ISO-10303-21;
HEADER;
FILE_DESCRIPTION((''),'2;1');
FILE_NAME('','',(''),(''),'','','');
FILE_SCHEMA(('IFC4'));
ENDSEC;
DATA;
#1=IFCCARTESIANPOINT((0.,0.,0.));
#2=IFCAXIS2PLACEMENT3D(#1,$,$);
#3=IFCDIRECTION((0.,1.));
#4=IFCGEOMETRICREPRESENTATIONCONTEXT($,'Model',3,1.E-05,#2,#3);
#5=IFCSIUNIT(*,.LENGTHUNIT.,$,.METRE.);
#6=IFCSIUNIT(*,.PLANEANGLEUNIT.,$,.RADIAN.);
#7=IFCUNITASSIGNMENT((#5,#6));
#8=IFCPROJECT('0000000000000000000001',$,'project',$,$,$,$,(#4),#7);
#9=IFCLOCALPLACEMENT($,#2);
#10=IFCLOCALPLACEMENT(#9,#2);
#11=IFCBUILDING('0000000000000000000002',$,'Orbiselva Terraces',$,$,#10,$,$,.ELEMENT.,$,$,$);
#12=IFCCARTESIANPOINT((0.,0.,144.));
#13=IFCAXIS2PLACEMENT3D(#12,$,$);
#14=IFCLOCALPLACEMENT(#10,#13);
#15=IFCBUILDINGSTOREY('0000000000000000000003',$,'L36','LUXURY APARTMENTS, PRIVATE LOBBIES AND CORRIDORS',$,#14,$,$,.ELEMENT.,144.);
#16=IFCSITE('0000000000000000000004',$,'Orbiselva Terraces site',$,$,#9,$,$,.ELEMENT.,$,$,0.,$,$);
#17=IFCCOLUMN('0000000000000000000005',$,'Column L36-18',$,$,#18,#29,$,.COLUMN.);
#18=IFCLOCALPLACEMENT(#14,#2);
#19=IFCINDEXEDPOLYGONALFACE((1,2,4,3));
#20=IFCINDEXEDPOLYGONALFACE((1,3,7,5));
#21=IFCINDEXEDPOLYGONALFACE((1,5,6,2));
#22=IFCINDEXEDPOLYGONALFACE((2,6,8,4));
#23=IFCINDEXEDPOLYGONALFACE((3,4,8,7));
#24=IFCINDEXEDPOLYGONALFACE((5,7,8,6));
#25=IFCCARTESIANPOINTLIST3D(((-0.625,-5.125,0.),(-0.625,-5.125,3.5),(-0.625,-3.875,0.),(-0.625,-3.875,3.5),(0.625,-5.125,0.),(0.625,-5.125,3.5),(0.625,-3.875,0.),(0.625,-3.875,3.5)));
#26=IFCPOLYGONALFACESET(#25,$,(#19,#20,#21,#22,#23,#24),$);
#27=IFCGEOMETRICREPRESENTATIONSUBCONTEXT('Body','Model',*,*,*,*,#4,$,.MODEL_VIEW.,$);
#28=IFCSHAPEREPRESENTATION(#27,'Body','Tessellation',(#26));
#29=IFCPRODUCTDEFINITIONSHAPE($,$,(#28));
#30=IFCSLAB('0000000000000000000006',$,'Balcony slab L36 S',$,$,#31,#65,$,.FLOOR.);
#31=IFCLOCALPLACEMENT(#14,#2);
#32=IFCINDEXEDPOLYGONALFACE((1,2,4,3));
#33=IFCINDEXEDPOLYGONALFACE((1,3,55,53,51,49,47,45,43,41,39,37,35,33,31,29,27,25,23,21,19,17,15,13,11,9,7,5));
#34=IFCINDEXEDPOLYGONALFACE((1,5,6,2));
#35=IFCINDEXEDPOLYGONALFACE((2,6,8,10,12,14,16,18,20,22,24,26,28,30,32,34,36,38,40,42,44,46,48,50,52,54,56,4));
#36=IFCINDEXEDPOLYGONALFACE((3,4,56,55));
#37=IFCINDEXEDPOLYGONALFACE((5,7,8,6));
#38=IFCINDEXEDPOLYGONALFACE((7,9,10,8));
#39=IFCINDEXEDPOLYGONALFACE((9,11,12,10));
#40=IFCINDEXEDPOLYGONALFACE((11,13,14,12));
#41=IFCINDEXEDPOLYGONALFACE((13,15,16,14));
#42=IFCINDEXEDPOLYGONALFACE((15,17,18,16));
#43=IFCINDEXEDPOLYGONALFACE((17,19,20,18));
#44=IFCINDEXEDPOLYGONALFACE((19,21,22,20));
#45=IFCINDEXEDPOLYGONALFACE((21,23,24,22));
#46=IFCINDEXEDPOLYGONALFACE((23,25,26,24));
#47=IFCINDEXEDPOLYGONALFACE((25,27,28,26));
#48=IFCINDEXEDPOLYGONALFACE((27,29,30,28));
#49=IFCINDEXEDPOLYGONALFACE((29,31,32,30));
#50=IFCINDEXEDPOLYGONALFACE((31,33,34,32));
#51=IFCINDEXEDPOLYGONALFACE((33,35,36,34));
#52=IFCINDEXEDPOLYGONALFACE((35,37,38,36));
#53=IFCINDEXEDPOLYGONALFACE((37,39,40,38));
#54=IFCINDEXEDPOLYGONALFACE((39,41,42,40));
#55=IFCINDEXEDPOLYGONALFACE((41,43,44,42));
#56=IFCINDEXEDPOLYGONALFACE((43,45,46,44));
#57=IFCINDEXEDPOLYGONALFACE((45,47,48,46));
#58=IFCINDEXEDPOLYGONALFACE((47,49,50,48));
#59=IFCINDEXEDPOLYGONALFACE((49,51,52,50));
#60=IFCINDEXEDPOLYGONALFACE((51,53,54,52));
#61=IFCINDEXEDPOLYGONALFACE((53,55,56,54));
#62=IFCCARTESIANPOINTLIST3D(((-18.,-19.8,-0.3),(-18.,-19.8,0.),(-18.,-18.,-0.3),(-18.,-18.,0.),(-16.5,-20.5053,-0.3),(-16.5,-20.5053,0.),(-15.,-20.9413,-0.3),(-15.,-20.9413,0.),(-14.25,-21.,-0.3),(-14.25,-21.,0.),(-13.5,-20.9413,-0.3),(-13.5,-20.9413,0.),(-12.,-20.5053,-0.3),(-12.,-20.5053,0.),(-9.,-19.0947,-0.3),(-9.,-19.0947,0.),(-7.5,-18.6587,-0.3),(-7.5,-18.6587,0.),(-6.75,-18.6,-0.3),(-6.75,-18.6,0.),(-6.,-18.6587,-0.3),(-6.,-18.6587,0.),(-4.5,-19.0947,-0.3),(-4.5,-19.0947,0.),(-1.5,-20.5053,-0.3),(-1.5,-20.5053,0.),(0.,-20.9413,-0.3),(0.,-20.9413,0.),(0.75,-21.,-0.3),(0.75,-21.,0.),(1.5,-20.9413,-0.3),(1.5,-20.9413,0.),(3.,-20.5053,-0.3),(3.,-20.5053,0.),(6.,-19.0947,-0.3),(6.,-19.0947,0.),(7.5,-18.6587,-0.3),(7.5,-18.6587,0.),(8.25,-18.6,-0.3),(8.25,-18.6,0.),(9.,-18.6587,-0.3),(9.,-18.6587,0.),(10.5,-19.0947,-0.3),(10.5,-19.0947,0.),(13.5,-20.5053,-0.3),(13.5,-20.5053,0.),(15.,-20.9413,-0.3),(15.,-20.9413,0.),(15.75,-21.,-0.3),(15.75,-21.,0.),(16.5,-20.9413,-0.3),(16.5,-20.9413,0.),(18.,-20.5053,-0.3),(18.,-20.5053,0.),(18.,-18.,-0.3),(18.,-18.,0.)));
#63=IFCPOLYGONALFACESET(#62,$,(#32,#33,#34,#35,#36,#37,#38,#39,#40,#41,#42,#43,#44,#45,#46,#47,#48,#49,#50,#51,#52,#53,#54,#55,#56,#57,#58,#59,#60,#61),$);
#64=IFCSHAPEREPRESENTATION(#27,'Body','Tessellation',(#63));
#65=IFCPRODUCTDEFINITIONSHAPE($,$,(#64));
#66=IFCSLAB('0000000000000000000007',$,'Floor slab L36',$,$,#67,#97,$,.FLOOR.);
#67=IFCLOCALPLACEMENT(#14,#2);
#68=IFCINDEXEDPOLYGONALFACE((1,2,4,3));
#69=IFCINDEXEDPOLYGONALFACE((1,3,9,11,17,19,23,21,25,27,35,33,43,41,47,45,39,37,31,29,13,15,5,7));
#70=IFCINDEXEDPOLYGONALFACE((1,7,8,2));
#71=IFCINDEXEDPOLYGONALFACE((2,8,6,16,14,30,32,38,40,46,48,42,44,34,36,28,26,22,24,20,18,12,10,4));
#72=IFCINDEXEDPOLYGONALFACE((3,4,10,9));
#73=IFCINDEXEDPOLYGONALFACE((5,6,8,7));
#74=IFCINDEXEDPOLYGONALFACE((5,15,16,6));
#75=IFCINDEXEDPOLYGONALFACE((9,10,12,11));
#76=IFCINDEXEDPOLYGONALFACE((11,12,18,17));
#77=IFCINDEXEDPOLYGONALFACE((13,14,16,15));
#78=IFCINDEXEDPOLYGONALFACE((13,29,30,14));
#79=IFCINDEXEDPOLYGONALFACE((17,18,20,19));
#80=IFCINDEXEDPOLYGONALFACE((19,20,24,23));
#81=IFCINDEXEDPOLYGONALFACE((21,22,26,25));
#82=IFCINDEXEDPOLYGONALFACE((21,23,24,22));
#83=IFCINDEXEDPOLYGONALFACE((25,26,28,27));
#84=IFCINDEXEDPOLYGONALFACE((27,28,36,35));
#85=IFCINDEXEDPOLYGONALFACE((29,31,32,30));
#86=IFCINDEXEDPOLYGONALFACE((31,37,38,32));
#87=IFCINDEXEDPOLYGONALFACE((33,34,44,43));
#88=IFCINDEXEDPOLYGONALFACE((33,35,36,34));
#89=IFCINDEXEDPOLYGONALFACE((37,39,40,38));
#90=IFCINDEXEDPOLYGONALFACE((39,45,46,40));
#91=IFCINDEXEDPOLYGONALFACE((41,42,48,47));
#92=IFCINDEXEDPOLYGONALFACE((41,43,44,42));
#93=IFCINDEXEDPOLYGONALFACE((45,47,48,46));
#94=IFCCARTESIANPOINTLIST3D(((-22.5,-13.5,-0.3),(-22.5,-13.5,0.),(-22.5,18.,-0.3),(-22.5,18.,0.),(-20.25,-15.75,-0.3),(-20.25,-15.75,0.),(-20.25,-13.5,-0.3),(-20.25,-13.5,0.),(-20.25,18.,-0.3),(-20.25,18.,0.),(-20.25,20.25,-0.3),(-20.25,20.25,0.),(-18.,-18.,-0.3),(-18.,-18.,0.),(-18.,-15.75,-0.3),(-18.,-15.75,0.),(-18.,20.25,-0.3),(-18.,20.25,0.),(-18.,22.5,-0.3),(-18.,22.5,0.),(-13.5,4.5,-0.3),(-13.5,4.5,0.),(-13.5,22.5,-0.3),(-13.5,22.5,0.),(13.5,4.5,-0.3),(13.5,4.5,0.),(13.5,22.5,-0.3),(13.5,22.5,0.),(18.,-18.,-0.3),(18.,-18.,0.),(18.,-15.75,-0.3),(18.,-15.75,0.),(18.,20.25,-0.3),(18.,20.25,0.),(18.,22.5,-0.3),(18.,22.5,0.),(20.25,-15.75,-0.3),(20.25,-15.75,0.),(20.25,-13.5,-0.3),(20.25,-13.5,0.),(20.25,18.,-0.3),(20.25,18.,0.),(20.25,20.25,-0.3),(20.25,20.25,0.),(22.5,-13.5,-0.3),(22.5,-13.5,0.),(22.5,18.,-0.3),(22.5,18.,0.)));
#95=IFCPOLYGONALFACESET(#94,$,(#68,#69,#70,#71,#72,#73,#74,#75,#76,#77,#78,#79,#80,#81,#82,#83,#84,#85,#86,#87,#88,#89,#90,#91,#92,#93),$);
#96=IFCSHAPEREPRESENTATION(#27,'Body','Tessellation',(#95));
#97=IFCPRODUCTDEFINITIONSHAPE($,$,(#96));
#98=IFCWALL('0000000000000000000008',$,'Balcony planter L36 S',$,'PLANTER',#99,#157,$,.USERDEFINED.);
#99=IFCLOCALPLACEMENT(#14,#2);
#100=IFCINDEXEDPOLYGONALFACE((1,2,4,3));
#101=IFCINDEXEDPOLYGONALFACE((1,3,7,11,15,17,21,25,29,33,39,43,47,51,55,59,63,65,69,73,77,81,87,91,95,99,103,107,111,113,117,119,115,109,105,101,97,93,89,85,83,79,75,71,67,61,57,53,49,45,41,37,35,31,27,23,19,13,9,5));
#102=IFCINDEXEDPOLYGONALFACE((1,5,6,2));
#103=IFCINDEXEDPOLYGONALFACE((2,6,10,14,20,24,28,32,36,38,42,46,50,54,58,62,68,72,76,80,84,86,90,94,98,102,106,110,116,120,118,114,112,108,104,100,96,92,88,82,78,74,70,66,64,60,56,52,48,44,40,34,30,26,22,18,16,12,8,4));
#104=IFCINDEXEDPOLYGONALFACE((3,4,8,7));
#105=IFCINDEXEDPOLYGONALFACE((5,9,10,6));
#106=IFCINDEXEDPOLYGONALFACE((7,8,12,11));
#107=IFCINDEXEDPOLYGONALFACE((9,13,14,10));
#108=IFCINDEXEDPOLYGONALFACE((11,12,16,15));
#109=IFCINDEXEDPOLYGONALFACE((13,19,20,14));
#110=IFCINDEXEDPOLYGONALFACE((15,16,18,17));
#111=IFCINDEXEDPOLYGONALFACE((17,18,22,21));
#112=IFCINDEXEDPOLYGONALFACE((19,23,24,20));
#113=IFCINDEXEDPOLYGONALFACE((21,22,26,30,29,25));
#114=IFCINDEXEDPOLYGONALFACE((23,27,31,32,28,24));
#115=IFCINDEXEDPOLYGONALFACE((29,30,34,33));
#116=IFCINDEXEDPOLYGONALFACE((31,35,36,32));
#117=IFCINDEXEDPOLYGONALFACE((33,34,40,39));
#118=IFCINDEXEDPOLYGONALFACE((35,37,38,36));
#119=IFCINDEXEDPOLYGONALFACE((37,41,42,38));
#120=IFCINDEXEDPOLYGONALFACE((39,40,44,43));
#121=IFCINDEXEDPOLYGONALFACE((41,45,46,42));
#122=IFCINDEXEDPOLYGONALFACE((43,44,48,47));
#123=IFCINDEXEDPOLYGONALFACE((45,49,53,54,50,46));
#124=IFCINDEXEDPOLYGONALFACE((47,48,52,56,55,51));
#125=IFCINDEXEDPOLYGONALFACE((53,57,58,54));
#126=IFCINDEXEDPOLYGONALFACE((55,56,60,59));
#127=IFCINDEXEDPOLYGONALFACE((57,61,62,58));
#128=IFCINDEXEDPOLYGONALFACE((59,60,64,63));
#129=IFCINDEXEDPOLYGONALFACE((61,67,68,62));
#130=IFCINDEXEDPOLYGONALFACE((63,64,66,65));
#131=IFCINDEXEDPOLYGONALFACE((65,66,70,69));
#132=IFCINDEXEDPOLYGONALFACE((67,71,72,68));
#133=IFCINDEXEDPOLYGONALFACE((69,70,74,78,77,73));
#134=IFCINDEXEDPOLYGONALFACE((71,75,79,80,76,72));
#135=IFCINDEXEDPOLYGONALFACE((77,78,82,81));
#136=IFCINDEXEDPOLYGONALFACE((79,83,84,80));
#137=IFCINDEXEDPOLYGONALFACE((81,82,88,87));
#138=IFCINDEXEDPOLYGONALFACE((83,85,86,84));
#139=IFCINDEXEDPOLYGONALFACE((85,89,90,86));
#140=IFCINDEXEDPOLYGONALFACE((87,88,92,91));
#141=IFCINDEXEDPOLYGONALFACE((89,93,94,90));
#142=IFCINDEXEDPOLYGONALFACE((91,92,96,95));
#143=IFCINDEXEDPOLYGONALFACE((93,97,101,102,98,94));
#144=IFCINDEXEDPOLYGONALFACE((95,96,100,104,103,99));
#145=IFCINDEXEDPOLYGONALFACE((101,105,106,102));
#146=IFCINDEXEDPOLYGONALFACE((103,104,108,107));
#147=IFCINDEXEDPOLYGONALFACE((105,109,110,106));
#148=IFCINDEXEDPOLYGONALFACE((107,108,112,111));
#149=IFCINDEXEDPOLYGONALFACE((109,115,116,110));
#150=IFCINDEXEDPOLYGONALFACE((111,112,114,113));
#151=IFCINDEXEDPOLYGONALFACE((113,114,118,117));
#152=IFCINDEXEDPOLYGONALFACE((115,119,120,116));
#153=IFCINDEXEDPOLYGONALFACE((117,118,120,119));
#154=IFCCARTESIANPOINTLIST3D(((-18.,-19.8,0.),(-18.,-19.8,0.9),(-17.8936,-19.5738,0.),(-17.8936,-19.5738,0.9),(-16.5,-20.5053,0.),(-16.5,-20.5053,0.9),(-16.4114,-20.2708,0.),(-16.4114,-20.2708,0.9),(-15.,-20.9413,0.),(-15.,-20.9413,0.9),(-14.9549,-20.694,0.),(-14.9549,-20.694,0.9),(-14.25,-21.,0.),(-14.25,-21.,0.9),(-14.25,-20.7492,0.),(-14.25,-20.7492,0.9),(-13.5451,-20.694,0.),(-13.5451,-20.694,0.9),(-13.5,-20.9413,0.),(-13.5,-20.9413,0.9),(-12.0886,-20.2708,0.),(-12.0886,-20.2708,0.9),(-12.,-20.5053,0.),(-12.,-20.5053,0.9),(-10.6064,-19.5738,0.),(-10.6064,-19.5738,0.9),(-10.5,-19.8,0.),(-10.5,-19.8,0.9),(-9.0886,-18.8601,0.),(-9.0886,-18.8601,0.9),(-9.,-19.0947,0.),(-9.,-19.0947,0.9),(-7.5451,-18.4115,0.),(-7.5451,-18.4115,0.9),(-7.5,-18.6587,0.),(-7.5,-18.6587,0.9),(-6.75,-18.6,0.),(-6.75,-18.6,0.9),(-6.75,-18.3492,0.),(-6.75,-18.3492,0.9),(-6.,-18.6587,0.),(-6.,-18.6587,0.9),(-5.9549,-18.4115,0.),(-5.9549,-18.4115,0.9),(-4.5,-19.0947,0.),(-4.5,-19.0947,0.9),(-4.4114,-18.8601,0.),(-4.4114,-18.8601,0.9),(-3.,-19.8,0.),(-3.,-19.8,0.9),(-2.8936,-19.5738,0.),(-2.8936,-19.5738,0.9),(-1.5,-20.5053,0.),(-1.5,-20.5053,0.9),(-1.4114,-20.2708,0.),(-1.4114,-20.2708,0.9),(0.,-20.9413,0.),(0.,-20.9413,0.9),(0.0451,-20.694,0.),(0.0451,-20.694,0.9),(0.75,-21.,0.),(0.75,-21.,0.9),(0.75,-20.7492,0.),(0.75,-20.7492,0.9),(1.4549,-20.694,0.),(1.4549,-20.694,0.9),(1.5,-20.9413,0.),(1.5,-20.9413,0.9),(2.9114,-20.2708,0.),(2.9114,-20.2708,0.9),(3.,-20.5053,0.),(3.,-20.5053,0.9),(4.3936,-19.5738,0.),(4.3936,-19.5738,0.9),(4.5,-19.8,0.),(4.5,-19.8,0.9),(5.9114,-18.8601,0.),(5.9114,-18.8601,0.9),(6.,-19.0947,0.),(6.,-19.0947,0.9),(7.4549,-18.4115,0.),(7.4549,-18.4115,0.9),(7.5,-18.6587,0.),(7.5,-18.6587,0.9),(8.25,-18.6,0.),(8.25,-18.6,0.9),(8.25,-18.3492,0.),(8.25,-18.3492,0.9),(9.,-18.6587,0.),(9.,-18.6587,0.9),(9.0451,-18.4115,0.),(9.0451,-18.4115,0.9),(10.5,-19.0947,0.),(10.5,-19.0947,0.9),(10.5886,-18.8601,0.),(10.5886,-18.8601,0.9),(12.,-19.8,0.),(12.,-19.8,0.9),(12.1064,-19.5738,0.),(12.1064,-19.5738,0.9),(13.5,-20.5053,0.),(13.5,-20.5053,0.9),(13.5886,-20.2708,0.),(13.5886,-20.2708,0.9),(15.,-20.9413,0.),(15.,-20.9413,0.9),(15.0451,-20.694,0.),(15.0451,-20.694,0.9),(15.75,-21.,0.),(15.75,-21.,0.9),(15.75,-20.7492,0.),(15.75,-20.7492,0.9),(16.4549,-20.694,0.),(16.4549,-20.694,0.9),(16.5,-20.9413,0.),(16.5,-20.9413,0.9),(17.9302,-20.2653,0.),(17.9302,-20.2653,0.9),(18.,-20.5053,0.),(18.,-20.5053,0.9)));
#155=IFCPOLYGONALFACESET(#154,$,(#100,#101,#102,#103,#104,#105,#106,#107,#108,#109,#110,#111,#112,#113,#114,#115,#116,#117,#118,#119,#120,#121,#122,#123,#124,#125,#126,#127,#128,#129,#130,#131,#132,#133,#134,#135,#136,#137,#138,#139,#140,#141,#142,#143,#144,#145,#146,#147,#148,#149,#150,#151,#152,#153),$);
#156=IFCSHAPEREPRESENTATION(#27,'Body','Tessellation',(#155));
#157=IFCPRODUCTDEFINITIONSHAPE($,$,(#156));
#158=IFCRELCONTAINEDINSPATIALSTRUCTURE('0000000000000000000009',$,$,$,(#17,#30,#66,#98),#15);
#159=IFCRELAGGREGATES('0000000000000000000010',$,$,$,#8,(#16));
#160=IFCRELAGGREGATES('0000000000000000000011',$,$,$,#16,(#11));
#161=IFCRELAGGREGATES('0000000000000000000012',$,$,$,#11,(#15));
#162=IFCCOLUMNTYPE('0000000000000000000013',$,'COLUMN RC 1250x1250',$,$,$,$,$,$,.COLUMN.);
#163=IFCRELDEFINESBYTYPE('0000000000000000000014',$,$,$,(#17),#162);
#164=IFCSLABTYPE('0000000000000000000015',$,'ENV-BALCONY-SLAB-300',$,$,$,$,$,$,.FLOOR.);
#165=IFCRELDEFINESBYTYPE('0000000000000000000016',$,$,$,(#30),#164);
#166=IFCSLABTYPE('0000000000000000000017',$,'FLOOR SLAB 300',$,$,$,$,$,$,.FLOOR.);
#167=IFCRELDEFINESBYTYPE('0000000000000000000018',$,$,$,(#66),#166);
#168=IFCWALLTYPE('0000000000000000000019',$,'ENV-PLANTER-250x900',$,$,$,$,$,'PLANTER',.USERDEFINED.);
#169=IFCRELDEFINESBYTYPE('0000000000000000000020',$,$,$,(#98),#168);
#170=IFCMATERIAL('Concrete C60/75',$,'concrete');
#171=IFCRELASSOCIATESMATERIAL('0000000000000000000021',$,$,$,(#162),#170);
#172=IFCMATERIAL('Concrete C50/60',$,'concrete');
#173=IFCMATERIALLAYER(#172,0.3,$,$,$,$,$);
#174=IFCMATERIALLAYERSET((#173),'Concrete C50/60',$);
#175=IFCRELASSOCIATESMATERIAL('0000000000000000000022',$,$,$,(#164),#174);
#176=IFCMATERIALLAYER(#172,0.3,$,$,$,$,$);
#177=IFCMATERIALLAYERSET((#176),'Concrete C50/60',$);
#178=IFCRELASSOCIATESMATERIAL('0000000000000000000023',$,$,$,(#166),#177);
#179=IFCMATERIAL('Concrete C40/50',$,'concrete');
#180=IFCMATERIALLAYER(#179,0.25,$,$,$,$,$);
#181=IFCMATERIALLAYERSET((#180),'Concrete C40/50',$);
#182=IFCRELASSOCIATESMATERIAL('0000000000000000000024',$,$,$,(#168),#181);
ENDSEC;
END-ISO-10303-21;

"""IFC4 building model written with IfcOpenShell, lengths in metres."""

from ifc_helpers import new_model, si_unit, direction, frame, origin, origin_2d, place, context, subcontext, project, spatial, polyline, rectangle, outline, extrude, material, layer, layer_set, material_profile, profile_set, type_object, element, save


model = new_model("IFC4")

# Units and contexts
model_context = context("Model", 3, precision=1e-05, world=origin(), true_north=direction((0.0, 1.0)))
body_context = subcontext(model_context, "Body", "Model", "MODEL_VIEW")
ifc_project = project(units=[si_unit("LENGTHUNIT", "METRE"), si_unit("PLANEANGLEUNIT", "RADIAN")], contexts=[model_context])

# Site, building, storey
site_placement = place(None, origin())
site = spatial("IfcSite", under=ifc_project, at=site_placement, Name="Orbiselva Terraces site", CompositionType="ELEMENT", RefElevation=0.0)
building_placement = place(site_placement, origin())
building = spatial("IfcBuilding", under=site, at=building_placement, Name="Orbiselva Terraces", CompositionType="ELEMENT")
storey_placement = place(building_placement, frame((0.0, 0.0, 144.0)))
storey = spatial("IfcBuildingStorey", under=building, at=storey_placement, Name="L36", Description="LUXURY APARTMENTS, PRIVATE LOBBIES AND CORRIDORS", CompositionType="ELEMENT", Elevation=144.0)

# Column
ifc_material_1 = material(Name="Concrete C60/75", Category="concrete")
ifc_material_profile = material_profile(ifc_material_1, rectangle(XDim=1.25, YDim=1.25, at=origin_2d()), Name="RC 1250x1250")
ifc_profile_set = profile_set([ifc_material_profile], Name="Concrete C60/75")
column_type = type_object("IfcColumnType", Name="COLUMN RC 1250x1250", PredefinedType="COLUMN", material=ifc_profile_set)
column_placement = place(storey_placement, frame((0.0, -4.5, 0.0), z_axis=(0.0, 0.0, 1.0), x_axis=(1.0, 0.0, 0.0)))
element("IfcColumn", 1, at=column_placement, inside=storey, type_object=column_type, Name="Column L36-18", PredefinedType="COLUMN", context=body_context, shape_type="SweptSolid", body=[
    extrude(rectangle(XDim=1.25, YDim=1.25, at=origin_2d()), origin(), (0.0, 0.0, 1.0), 3.5),
])

# Slabs
ifc_material_2 = material(Name="Concrete C50/60", Category="concrete")
ifc_layer_1 = layer(ifc_material_2, 0.3)
ifc_layer_set_1 = layer_set([ifc_layer_1], Name="Concrete C50/60")
slab_type_1 = type_object("IfcSlabType", Name="ENV-BALCONY-SLAB-300", PredefinedType="FLOOR", material=ifc_layer_set_1)
slab_1_placement = place(storey_placement, frame((0.0, 0.0, -0.3)))
element("IfcSlab", 2, at=slab_1_placement, inside=storey, type_object=slab_type_1, Name="Balcony slab L36 S", PredefinedType="FLOOR", context=body_context, shape_type="SweptSolid", body=[
    extrude(outline(polyline([(-18.0, -19.8), (-16.5, -20.5053), (-15.0, -20.9413), (-14.25, -21.0), (-13.5, -20.9413), (-12.0, -20.5053), (-9.0, -19.0947), (-7.5, -18.6587), (-6.75, -18.6), (-6.0, -18.6587), (-4.5, -19.0947), (-1.5, -20.5053), (0.0, -20.9413), (0.75, -21.0), (1.5, -20.9413), (3.0, -20.5053), (6.0, -19.0947), (7.5, -18.6587), (8.25, -18.6), (9.0, -18.6587), (10.5, -19.0947), (13.5, -20.5053), (15.0, -20.9413), (15.75, -21.0), (16.5, -20.9413), (18.0, -20.5053), (18.0, -18.0), (-18.0, -18.0), (-18.0, -19.8)])), origin(), (0.0, 0.0, 1.0), 0.3),
])
ifc_layer_2 = layer(ifc_material_2, 0.3)
ifc_layer_set_2 = layer_set([ifc_layer_2], Name="Concrete C50/60")
slab_type_2 = type_object("IfcSlabType", Name="FLOOR SLAB 300", PredefinedType="FLOOR", material=ifc_layer_set_2)
slab_2_placement = place(storey_placement, frame((0.0, 0.0, -0.3)))
element("IfcSlab", 3, at=slab_2_placement, inside=storey, type_object=slab_type_2, Name="Floor slab L36", PredefinedType="FLOOR", context=body_context, shape_type="SweptSolid", body=[
    extrude(outline(polyline([(18.0, 22.5), (18.0, 20.25), (20.25, 20.25), (20.25, 18.0), (22.5, 18.0), (22.5, -13.5), (20.25, -13.5), (20.25, -15.75), (18.0, -15.75), (18.0, -18.0), (-18.0, -18.0), (-18.0, -15.75), (-20.25, -15.75), (-20.25, -13.5), (-22.5, -13.5), (-22.5, 18.0), (-20.25, 18.0), (-20.25, 20.25), (-18.0, 20.25), (-18.0, 22.5), (-13.5, 22.5), (-13.5, 4.5), (13.5, 4.5), (13.5, 22.5), (18.0, 22.5)])), origin(), (0.0, 0.0, 1.0), 0.3),
])

# Wall
ifc_material_3 = material(Name="Concrete C40/50", Category="concrete")
ifc_layer_3 = layer(ifc_material_3, 0.25)
ifc_layer_set_3 = layer_set([ifc_layer_3], Name="Concrete C40/50")
wall_type_1 = type_object("IfcWallType", Name="ENV-PLANTER-250x900", ElementType="PLANTER", PredefinedType="USERDEFINED", material=ifc_layer_set_3)
wall_1_placement = place(storey_placement, origin())
element("IfcWall", 4, at=wall_1_placement, inside=storey, type_object=wall_type_1, Name="Balcony planter L36 S", ObjectType="PLANTER", PredefinedType="USERDEFINED", context=body_context, shape_type="SweptSolid", body=[
    extrude(outline(polyline([(-18.0, -19.8), (-16.5, -20.5053), (-15.0, -20.9413), (-14.25, -21.0), (-13.5, -20.9413), (-12.0, -20.5053), (-10.5, -19.8), (-9.0, -19.0947), (-7.5, -18.6587), (-6.75, -18.6), (-6.0, -18.6587), (-4.5, -19.0947), (-3.0, -19.8), (-1.5, -20.5053), (0.0, -20.9413), (0.75, -21.0), (1.5, -20.9413), (3.0, -20.5053), (4.5, -19.8), (6.0, -19.0947), (7.5, -18.6587), (8.25, -18.6), (9.0, -18.6587), (10.5, -19.0947), (12.0, -19.8), (13.5, -20.5053), (15.0, -20.9413), (15.75, -21.0), (16.5, -20.9413), (18.0, -20.5053), (17.9302, -20.2653), (16.4549, -20.694), (15.75, -20.7492), (15.0451, -20.694), (13.5886, -20.2708), (12.1064, -19.5738), (10.5886, -18.8601), (9.0451, -18.4115), (8.25, -18.3492), (7.4549, -18.4115), (5.9114, -18.8601), (4.3936, -19.5738), (2.9114, -20.2708), (1.4549, -20.694), (0.75, -20.7492), (0.0451, -20.694), (-1.4114, -20.2708), (-2.8936, -19.5738), (-4.4114, -18.8601), (-5.9549, -18.4115), (-6.75, -18.3492), (-7.5451, -18.4115), (-9.0886, -18.8601), (-10.6064, -19.5738), (-12.0886, -20.2708), (-13.5451, -20.694), (-14.25, -20.7492), (-14.9549, -20.694), (-16.4114, -20.2708), (-17.8936, -19.5738), (-18.0, -19.8)])), origin(), (0.0, 0.0, 1.0), 0.9),
])

save(model, "model.ifc")
